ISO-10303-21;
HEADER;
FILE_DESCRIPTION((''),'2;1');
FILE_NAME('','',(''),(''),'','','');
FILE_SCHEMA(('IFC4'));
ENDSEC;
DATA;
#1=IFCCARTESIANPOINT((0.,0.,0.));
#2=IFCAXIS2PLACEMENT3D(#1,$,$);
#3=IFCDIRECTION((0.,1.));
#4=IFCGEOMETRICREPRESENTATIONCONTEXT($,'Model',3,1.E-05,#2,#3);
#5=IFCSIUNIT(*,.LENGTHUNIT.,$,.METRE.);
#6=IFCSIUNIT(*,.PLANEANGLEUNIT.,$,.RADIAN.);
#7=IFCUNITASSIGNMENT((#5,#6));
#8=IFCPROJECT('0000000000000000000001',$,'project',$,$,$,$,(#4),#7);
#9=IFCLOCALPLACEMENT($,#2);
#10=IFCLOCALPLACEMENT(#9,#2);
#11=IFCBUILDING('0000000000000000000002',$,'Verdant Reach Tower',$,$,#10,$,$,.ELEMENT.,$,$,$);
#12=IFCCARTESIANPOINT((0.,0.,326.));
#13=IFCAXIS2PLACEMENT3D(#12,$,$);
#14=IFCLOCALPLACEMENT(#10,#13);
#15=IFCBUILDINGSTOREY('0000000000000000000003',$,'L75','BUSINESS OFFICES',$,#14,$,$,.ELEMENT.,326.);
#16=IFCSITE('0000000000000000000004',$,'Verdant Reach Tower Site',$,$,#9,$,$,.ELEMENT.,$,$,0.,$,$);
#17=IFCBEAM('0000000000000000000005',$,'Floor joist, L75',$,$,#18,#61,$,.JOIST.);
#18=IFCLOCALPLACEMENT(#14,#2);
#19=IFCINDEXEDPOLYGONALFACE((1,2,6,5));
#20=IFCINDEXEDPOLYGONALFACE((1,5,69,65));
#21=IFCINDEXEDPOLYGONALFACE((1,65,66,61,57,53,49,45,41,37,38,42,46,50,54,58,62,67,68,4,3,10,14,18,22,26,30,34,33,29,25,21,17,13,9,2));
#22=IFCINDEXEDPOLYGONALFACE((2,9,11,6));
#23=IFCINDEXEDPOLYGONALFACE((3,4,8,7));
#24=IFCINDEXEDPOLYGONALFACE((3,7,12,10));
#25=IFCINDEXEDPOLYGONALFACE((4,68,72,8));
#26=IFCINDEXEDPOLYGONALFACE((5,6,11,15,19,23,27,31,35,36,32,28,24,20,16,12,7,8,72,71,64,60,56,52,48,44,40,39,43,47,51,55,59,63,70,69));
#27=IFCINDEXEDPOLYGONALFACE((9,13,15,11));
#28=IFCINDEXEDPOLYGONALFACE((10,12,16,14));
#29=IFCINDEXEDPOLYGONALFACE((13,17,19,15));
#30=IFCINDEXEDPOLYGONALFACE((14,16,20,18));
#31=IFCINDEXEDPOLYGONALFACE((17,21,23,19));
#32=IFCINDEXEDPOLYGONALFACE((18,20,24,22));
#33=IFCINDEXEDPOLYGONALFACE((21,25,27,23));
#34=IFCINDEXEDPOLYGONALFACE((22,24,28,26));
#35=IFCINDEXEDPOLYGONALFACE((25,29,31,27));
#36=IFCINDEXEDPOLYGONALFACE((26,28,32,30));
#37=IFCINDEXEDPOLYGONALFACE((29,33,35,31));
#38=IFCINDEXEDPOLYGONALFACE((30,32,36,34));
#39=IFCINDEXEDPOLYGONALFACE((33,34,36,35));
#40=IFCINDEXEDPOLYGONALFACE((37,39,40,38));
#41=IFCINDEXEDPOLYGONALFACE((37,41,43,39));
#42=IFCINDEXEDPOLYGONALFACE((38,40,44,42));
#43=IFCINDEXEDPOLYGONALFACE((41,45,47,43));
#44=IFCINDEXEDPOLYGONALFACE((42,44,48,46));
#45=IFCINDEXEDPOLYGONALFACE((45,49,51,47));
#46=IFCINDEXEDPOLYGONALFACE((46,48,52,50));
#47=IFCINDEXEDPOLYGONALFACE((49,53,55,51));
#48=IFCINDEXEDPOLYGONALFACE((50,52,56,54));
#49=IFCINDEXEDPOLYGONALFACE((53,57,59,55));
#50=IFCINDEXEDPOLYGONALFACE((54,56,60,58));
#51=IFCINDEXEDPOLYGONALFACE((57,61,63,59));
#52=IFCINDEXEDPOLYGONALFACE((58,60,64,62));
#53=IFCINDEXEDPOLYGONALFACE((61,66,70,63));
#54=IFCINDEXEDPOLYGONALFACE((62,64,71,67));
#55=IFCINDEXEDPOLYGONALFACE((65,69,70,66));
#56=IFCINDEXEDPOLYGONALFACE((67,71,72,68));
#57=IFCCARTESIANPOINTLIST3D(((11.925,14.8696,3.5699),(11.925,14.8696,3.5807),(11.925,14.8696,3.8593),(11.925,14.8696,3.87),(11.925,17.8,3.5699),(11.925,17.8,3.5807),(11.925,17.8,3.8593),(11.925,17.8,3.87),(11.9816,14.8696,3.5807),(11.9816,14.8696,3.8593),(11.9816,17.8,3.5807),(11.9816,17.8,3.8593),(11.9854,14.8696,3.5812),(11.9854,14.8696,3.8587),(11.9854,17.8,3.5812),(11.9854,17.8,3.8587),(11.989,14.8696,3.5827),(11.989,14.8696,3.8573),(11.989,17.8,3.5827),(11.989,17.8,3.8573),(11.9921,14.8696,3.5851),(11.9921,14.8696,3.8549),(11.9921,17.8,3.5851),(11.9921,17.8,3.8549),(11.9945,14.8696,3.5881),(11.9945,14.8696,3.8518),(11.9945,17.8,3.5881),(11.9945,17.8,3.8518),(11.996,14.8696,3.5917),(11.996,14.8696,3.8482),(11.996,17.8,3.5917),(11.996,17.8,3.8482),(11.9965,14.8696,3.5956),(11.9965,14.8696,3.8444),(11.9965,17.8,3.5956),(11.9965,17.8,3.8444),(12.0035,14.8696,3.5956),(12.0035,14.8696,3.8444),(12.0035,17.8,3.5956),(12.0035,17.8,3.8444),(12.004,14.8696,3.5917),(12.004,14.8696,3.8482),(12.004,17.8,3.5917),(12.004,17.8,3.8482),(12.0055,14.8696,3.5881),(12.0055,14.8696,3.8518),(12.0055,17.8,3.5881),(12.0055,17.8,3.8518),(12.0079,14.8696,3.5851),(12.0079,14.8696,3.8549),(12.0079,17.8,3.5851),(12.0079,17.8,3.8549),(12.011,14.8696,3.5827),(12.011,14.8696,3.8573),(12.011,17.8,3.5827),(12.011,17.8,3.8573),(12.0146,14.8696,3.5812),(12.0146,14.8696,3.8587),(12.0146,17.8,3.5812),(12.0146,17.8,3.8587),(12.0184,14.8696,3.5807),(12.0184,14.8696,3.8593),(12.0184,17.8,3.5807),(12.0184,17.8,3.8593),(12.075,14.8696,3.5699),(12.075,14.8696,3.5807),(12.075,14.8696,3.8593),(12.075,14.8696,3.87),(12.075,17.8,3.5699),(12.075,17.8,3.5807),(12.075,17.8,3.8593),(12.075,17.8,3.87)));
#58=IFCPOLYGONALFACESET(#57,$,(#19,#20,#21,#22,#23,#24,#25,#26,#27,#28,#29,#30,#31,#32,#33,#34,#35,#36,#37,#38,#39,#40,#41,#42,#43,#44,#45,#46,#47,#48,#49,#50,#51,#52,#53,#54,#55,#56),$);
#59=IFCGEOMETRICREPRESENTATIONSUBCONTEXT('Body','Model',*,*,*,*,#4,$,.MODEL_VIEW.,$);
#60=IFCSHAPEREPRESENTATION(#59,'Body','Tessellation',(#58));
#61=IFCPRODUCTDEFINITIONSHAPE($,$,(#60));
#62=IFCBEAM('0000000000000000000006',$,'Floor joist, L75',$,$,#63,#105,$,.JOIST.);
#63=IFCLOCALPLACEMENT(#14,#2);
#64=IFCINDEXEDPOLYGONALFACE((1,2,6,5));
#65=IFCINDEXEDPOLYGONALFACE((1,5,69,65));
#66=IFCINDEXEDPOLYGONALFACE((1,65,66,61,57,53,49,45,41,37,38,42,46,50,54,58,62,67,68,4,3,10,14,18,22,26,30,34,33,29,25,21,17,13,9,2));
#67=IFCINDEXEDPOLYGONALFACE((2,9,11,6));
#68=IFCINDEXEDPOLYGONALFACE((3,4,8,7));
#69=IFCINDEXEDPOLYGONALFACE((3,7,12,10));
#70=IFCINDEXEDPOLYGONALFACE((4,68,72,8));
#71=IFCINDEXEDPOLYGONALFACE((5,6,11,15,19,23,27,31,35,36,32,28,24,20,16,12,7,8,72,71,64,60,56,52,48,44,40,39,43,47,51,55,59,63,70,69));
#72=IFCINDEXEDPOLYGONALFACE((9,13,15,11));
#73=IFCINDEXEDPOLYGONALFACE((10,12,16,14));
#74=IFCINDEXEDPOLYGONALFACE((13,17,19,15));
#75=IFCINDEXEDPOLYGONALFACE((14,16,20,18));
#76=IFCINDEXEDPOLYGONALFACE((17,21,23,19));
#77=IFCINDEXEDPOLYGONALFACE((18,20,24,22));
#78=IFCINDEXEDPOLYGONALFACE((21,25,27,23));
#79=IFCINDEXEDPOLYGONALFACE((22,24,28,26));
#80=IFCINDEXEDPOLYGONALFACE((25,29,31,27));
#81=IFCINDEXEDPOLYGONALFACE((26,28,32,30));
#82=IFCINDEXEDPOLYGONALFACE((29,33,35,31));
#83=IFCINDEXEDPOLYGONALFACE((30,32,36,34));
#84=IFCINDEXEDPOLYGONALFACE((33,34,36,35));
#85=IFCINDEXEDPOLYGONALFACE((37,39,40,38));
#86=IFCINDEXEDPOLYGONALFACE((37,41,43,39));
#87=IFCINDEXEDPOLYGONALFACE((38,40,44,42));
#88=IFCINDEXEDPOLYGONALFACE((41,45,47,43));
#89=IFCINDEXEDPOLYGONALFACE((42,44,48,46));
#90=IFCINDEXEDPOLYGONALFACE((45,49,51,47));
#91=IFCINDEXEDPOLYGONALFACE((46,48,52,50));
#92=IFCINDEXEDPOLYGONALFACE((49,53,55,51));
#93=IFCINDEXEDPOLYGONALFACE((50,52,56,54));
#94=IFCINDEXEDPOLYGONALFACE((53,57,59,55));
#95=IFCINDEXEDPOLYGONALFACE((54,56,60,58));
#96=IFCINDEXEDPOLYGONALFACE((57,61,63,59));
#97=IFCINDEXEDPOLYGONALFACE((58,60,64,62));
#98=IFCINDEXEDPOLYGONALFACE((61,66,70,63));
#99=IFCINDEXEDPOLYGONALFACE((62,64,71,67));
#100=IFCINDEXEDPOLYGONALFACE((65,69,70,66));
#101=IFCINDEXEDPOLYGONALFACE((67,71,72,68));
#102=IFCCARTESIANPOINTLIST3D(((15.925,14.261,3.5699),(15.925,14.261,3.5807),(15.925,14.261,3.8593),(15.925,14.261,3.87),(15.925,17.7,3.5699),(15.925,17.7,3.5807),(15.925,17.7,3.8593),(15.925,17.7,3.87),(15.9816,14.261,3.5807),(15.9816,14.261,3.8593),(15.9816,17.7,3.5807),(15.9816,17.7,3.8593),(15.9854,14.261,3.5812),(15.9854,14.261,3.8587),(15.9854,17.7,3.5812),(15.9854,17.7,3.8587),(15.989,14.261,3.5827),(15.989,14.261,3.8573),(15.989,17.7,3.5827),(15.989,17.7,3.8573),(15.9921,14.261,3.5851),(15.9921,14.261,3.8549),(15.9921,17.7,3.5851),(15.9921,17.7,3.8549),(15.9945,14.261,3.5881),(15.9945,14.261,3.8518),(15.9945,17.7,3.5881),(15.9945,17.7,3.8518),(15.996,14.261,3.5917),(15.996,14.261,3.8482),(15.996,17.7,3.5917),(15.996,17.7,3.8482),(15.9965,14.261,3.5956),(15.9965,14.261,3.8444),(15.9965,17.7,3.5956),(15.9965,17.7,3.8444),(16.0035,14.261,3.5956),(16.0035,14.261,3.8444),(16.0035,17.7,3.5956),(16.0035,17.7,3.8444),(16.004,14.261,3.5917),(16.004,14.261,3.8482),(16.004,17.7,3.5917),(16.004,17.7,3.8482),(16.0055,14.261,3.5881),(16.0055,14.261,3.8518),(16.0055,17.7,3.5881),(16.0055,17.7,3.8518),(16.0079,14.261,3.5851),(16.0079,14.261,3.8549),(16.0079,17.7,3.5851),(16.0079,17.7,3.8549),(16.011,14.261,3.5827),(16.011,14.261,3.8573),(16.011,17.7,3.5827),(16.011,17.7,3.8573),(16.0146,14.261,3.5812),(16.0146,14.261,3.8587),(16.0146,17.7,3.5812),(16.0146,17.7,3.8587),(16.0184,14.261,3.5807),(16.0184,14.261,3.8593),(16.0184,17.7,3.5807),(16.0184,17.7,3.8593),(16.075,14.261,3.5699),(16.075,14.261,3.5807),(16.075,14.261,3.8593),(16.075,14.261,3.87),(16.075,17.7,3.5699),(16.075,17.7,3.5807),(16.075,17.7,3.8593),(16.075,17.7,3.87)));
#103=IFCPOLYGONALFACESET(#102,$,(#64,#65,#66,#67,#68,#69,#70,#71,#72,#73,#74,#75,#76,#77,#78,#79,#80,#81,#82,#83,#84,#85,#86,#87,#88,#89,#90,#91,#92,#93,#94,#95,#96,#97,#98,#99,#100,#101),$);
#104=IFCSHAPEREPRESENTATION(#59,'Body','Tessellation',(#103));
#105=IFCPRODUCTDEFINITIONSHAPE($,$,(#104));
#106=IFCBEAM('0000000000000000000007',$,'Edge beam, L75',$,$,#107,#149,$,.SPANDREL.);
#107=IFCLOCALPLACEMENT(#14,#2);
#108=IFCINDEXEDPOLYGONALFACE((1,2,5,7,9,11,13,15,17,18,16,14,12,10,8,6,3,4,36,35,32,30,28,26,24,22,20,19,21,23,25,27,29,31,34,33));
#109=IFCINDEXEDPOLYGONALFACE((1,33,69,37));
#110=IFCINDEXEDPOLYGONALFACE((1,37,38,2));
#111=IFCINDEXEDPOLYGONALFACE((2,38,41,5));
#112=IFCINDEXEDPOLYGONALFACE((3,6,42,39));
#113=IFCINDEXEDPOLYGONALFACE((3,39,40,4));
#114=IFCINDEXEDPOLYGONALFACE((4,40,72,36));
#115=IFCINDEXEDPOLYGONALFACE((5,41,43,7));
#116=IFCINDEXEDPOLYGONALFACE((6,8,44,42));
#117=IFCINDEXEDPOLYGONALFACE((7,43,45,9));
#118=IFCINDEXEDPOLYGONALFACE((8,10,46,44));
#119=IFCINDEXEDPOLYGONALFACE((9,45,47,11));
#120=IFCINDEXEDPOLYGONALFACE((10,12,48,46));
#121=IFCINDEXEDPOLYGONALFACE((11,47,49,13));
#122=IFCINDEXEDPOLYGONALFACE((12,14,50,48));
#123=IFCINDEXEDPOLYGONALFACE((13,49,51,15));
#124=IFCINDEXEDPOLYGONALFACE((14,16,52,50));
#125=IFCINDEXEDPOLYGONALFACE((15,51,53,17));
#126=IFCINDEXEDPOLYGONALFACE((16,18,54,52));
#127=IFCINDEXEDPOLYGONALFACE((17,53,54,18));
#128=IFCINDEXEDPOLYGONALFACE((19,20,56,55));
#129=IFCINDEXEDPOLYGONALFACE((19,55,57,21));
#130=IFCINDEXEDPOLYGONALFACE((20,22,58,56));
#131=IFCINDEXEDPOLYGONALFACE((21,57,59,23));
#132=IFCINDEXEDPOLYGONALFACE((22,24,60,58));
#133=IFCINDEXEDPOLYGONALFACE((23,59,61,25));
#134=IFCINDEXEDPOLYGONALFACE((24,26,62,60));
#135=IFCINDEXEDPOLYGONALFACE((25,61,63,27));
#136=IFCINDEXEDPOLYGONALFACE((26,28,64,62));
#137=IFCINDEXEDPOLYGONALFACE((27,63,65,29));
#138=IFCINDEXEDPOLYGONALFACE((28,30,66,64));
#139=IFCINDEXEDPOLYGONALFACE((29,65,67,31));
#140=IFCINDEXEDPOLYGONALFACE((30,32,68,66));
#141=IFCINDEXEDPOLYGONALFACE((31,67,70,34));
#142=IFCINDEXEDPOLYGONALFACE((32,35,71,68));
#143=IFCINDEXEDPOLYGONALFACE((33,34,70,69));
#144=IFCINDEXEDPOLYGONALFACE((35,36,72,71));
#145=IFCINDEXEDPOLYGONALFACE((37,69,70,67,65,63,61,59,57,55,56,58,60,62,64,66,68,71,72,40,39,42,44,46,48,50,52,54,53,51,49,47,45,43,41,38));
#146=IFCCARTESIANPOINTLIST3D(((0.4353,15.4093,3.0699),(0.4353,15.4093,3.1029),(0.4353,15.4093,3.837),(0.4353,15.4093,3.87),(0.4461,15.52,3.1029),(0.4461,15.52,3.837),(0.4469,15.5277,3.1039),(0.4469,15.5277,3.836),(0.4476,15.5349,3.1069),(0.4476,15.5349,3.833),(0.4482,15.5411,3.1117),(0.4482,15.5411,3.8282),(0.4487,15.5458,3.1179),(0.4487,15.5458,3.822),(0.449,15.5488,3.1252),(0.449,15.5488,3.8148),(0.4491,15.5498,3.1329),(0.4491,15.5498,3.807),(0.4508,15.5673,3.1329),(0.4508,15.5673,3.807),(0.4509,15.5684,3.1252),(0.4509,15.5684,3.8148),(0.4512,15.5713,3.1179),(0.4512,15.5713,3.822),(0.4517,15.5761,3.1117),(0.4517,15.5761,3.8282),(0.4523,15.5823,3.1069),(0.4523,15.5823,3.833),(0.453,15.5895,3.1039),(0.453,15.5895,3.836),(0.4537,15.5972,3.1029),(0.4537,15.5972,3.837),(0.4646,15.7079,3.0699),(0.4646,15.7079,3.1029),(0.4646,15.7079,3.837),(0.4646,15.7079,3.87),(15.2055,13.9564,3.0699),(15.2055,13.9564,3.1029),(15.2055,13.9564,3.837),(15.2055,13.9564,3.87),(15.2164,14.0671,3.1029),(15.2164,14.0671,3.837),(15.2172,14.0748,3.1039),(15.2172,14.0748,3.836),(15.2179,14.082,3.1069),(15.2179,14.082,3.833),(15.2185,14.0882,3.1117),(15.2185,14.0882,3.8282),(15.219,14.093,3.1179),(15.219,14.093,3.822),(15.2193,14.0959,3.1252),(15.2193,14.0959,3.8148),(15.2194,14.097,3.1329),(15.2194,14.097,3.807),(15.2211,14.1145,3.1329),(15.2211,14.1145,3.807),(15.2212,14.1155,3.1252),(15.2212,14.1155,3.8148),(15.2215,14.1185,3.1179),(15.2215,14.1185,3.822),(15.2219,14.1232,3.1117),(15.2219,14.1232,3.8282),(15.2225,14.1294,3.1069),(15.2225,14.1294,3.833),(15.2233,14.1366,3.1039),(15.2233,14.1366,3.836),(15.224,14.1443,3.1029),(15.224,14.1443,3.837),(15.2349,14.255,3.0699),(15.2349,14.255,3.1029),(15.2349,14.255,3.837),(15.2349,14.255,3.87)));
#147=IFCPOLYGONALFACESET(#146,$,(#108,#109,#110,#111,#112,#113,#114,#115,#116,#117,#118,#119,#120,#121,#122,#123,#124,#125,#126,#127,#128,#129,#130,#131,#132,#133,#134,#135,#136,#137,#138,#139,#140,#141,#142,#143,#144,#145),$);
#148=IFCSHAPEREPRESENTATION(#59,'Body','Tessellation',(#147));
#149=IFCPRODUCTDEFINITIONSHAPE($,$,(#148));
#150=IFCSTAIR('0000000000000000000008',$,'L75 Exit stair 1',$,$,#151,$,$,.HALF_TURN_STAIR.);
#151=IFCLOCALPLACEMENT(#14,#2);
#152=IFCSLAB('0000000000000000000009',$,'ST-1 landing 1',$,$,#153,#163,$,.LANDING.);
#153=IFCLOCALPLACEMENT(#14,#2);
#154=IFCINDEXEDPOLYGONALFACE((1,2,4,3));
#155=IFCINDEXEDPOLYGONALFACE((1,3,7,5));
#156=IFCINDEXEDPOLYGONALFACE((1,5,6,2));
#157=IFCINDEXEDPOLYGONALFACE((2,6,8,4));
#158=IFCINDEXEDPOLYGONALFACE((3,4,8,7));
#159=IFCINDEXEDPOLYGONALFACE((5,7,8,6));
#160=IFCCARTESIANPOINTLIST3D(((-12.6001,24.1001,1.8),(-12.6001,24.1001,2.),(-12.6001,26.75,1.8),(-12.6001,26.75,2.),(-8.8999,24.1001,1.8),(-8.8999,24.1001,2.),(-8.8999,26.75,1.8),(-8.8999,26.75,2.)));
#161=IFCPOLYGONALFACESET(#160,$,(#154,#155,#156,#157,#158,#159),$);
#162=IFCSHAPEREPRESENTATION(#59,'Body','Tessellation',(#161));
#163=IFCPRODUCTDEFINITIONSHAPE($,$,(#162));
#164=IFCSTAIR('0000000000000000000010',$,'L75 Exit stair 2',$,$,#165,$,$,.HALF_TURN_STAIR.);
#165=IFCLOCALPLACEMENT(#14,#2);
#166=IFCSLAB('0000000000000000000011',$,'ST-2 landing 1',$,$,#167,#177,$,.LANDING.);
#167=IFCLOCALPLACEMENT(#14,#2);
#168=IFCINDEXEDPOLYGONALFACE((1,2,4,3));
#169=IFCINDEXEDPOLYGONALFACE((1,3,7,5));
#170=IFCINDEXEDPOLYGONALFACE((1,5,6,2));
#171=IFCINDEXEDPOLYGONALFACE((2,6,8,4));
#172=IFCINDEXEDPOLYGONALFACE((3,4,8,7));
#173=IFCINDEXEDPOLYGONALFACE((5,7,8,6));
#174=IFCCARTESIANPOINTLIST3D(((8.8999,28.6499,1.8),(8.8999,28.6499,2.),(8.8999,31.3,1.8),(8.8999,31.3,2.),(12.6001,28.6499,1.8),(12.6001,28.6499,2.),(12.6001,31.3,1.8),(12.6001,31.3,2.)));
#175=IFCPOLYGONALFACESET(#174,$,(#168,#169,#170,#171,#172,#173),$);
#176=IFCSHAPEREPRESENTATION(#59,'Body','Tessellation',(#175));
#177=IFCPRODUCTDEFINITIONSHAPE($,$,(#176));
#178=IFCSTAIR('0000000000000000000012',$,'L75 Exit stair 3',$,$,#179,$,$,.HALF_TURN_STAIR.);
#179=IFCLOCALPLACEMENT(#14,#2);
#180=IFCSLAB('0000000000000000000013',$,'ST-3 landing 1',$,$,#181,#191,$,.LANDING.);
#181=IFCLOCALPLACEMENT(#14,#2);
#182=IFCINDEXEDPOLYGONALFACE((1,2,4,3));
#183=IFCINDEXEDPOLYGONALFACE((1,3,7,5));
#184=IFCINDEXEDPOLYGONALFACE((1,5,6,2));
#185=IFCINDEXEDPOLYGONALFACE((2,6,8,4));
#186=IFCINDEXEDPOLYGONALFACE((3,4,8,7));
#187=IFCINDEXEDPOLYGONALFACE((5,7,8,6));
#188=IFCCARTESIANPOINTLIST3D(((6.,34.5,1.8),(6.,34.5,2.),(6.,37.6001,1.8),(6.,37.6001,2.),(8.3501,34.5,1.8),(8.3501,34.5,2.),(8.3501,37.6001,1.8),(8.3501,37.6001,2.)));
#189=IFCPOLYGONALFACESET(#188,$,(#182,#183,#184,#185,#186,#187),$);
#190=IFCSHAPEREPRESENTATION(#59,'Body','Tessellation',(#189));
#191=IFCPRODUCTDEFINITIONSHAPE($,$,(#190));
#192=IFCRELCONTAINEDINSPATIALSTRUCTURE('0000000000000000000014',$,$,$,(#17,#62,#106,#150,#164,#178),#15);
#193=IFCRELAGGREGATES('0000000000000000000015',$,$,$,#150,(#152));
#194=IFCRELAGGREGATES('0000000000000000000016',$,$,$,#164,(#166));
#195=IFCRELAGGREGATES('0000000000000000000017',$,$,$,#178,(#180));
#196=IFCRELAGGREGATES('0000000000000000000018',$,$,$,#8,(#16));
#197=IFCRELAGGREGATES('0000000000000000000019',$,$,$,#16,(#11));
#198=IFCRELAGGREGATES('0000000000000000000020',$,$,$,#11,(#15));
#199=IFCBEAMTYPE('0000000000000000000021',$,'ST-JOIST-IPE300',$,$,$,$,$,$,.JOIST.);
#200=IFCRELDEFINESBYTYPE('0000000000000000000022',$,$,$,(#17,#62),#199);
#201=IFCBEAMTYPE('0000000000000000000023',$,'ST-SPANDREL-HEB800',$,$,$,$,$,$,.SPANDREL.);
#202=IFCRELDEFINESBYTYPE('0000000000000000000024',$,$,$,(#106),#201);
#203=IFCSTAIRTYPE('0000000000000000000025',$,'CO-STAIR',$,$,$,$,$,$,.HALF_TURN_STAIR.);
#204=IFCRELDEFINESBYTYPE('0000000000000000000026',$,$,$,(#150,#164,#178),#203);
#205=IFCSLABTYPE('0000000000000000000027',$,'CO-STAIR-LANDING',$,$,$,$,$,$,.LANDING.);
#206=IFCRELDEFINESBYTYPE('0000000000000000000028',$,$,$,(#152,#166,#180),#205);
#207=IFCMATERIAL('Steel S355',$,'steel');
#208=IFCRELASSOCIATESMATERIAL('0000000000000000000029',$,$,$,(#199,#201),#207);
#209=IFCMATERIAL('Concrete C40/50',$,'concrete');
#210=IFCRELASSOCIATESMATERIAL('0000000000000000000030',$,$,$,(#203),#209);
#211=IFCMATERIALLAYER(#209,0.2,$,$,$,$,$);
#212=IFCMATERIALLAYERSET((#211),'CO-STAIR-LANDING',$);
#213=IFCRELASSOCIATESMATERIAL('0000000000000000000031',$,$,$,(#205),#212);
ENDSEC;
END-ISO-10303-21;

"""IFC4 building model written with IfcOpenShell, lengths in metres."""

from ifc_helpers import new_model, si_unit, direction, frame, origin, origin_2d, place, context, subcontext, project, spatial, polyline, i_section, outline, extrude, material, layer, layer_set, material_profile, profile_set, type_object, element, aggregate, save


model = new_model("IFC4")

# Units and contexts
model_context = context("Model", 3, precision=1e-05, world=origin(), true_north=direction((0.0, 1.0)))
body_context = subcontext(model_context, "Body", "Model", "MODEL_VIEW")
ifc_project = project(units=[si_unit("LENGTHUNIT", "METRE"), si_unit("PLANEANGLEUNIT", "RADIAN")], contexts=[model_context])

# Site, building, storey
site_placement = place(None, origin())
site = spatial("IfcSite", under=ifc_project, at=site_placement, Name="Verdant Reach Tower Site", CompositionType="ELEMENT", RefElevation=0.0)
building_placement = place(site_placement, origin())
building = spatial("IfcBuilding", under=site, at=building_placement, Name="Verdant Reach Tower", CompositionType="ELEMENT")
storey_placement = place(building_placement, frame((0.0, 0.0, 326.0)))
storey = spatial("IfcBuildingStorey", under=building, at=storey_placement, Name="L75", Description="BUSINESS OFFICES", CompositionType="ELEMENT", Elevation=326.0)

# Beams
ifc_material_1 = material(Name="Steel S355", Category="steel")
ifc_material_profile_1 = material_profile(ifc_material_1, i_section(OverallWidth=0.1499, OverallDepth=0.3, WebThickness=0.0071, FlangeThickness=0.0107, FilletRadius=0.0149, at=origin_2d()), Name="IPE 300")
ifc_profile_set_1 = profile_set([ifc_material_profile_1], Name="Steel S355")
beam_type_1 = type_object("IfcBeamType", Name="ST-JOIST-IPE300", PredefinedType="JOIST", material=ifc_profile_set_1)
beam_1_placement = place(storey_placement, frame((12.0, 17.8, 3.72), z_axis=(0.0, -1.0, 0.0), x_axis=(1.0, 0.0, 0.0)))
element("IfcBeam", 1, at=beam_1_placement, inside=storey, type_object=beam_type_1, Name="Floor joist, L75", PredefinedType="JOIST", context=body_context, shape_type="SweptSolid", body=[
    extrude(i_section(OverallWidth=0.1499, OverallDepth=0.3, WebThickness=0.0071, FlangeThickness=0.0107, FilletRadius=0.0149, at=origin_2d()), origin(), (0.0, 0.0, 1.0), 2.9304),
])
beam_2_placement = place(storey_placement, frame((16.0, 17.7, 3.72), z_axis=(0.0, -1.0, 0.0), x_axis=(1.0, 0.0, 0.0)))
element("IfcBeam", 2, at=beam_2_placement, inside=storey, type_object=beam_type_1, Name="Floor joist, L75", PredefinedType="JOIST", context=body_context, shape_type="SweptSolid", body=[
    extrude(i_section(OverallWidth=0.1499, OverallDepth=0.3, WebThickness=0.0071, FlangeThickness=0.0107, FilletRadius=0.0149, at=origin_2d()), origin(), (0.0, 0.0, 1.0), 3.439),
])
ifc_material_profile_2 = material_profile(ifc_material_1, i_section(OverallWidth=0.3, OverallDepth=0.8, WebThickness=0.0176, FlangeThickness=0.033, FilletRadius=0.03, at=origin_2d()), Name="HEB 800")
ifc_profile_set_2 = profile_set([ifc_material_profile_2], Name="Steel S355")
beam_type_2 = type_object("IfcBeamType", Name="ST-SPANDREL-HEB800", PredefinedType="SPANDREL", material=ifc_profile_set_2)
beam_3_placement = place(storey_placement, frame((15.2202, 14.1057, 3.47), z_axis=(-0.995197, 0.097893, 0.0), x_axis=(-0.097893, -0.995197, 0.0)))
element("IfcBeam", 3, at=beam_3_placement, inside=storey, type_object=beam_type_2, Name="Edge beam, L75", PredefinedType="SPANDREL", context=body_context, shape_type="SweptSolid", body=[
    extrude(i_section(OverallWidth=0.3, OverallDepth=0.8, WebThickness=0.0176, FlangeThickness=0.033, FilletRadius=0.03, at=origin_2d()), origin(), (0.0, 0.0, 1.0), 14.8416),
])

# Stairs, slabs
ifc_material_2 = material(Name="Concrete C40/50", Category="concrete")
stair_type = type_object("IfcStairType", Name="CO-STAIR", PredefinedType="HALF_TURN_STAIR", material=ifc_material_2)
stair_1_placement = place(storey_placement, origin())
stair_1 = element("IfcStair", 4, at=stair_1_placement, inside=storey, type_object=stair_type, Name="L75 Exit stair 1", PredefinedType="HALF_TURN_STAIR")
ifc_layer_1 = layer(ifc_material_2, 0.2)
ifc_layer_set_1 = layer_set([ifc_layer_1], Name="CO-STAIR-LANDING")
slab_type_1 = type_object("IfcSlabType", Name="CO-STAIR-LANDING", PredefinedType="LANDING", material=ifc_layer_set_1)
slab_1_placement = place(storey_placement, frame((0.0, 0.0, 1.8)))
slab_1 = element("IfcSlab", 5, at=slab_1_placement, type_object=slab_type_1, Name="ST-1 landing 1", PredefinedType="LANDING", context=body_context, shape_type="SweptSolid", body=[
    extrude(outline(polyline([(-12.6001, 26.75), (-12.6001, 24.1001), (-8.8999, 24.1001), (-8.8999, 26.75), (-12.6001, 26.75)])), origin(), (0.0, 0.0, 1.0), 0.2),
])
aggregate(stair_1, [slab_1])
stair_2_placement = place(storey_placement, origin())
stair_2 = element("IfcStair", 6, at=stair_2_placement, inside=storey, type_object=stair_type, Name="L75 Exit stair 2", PredefinedType="HALF_TURN_STAIR")
slab_2_placement = place(storey_placement, frame((0.0, 0.0, 1.8)))
slab_2 = element("IfcSlab", 7, at=slab_2_placement, type_object=slab_type_1, Name="ST-2 landing 1", PredefinedType="LANDING", context=body_context, shape_type="SweptSolid", body=[
    extrude(outline(polyline([(12.6001, 28.6499), (12.6001, 31.3), (8.8999, 31.3), (8.8999, 28.6499), (12.6001, 28.6499)])), origin(), (0.0, 0.0, 1.0), 0.2),
])
aggregate(stair_2, [slab_2])
stair_3_placement = place(storey_placement, origin())
stair_3 = element("IfcStair", 8, at=stair_3_placement, inside=storey, type_object=stair_type, Name="L75 Exit stair 3", PredefinedType="HALF_TURN_STAIR")
slab_3_placement = place(storey_placement, frame((0.0, 0.0, 1.8)))
slab_3 = element("IfcSlab", 9, at=slab_3_placement, type_object=slab_type_1, Name="ST-3 landing 1", PredefinedType="LANDING", context=body_context, shape_type="SweptSolid", body=[
    extrude(outline(polyline([(8.3501, 37.6001), (6.0, 37.6001), (6.0, 34.5), (8.3501, 34.5), (8.3501, 37.6001)])), origin(), (0.0, 0.0, 1.0), 0.2),
])
aggregate(stair_3, [slab_3])

save(model, "model.ifc")
